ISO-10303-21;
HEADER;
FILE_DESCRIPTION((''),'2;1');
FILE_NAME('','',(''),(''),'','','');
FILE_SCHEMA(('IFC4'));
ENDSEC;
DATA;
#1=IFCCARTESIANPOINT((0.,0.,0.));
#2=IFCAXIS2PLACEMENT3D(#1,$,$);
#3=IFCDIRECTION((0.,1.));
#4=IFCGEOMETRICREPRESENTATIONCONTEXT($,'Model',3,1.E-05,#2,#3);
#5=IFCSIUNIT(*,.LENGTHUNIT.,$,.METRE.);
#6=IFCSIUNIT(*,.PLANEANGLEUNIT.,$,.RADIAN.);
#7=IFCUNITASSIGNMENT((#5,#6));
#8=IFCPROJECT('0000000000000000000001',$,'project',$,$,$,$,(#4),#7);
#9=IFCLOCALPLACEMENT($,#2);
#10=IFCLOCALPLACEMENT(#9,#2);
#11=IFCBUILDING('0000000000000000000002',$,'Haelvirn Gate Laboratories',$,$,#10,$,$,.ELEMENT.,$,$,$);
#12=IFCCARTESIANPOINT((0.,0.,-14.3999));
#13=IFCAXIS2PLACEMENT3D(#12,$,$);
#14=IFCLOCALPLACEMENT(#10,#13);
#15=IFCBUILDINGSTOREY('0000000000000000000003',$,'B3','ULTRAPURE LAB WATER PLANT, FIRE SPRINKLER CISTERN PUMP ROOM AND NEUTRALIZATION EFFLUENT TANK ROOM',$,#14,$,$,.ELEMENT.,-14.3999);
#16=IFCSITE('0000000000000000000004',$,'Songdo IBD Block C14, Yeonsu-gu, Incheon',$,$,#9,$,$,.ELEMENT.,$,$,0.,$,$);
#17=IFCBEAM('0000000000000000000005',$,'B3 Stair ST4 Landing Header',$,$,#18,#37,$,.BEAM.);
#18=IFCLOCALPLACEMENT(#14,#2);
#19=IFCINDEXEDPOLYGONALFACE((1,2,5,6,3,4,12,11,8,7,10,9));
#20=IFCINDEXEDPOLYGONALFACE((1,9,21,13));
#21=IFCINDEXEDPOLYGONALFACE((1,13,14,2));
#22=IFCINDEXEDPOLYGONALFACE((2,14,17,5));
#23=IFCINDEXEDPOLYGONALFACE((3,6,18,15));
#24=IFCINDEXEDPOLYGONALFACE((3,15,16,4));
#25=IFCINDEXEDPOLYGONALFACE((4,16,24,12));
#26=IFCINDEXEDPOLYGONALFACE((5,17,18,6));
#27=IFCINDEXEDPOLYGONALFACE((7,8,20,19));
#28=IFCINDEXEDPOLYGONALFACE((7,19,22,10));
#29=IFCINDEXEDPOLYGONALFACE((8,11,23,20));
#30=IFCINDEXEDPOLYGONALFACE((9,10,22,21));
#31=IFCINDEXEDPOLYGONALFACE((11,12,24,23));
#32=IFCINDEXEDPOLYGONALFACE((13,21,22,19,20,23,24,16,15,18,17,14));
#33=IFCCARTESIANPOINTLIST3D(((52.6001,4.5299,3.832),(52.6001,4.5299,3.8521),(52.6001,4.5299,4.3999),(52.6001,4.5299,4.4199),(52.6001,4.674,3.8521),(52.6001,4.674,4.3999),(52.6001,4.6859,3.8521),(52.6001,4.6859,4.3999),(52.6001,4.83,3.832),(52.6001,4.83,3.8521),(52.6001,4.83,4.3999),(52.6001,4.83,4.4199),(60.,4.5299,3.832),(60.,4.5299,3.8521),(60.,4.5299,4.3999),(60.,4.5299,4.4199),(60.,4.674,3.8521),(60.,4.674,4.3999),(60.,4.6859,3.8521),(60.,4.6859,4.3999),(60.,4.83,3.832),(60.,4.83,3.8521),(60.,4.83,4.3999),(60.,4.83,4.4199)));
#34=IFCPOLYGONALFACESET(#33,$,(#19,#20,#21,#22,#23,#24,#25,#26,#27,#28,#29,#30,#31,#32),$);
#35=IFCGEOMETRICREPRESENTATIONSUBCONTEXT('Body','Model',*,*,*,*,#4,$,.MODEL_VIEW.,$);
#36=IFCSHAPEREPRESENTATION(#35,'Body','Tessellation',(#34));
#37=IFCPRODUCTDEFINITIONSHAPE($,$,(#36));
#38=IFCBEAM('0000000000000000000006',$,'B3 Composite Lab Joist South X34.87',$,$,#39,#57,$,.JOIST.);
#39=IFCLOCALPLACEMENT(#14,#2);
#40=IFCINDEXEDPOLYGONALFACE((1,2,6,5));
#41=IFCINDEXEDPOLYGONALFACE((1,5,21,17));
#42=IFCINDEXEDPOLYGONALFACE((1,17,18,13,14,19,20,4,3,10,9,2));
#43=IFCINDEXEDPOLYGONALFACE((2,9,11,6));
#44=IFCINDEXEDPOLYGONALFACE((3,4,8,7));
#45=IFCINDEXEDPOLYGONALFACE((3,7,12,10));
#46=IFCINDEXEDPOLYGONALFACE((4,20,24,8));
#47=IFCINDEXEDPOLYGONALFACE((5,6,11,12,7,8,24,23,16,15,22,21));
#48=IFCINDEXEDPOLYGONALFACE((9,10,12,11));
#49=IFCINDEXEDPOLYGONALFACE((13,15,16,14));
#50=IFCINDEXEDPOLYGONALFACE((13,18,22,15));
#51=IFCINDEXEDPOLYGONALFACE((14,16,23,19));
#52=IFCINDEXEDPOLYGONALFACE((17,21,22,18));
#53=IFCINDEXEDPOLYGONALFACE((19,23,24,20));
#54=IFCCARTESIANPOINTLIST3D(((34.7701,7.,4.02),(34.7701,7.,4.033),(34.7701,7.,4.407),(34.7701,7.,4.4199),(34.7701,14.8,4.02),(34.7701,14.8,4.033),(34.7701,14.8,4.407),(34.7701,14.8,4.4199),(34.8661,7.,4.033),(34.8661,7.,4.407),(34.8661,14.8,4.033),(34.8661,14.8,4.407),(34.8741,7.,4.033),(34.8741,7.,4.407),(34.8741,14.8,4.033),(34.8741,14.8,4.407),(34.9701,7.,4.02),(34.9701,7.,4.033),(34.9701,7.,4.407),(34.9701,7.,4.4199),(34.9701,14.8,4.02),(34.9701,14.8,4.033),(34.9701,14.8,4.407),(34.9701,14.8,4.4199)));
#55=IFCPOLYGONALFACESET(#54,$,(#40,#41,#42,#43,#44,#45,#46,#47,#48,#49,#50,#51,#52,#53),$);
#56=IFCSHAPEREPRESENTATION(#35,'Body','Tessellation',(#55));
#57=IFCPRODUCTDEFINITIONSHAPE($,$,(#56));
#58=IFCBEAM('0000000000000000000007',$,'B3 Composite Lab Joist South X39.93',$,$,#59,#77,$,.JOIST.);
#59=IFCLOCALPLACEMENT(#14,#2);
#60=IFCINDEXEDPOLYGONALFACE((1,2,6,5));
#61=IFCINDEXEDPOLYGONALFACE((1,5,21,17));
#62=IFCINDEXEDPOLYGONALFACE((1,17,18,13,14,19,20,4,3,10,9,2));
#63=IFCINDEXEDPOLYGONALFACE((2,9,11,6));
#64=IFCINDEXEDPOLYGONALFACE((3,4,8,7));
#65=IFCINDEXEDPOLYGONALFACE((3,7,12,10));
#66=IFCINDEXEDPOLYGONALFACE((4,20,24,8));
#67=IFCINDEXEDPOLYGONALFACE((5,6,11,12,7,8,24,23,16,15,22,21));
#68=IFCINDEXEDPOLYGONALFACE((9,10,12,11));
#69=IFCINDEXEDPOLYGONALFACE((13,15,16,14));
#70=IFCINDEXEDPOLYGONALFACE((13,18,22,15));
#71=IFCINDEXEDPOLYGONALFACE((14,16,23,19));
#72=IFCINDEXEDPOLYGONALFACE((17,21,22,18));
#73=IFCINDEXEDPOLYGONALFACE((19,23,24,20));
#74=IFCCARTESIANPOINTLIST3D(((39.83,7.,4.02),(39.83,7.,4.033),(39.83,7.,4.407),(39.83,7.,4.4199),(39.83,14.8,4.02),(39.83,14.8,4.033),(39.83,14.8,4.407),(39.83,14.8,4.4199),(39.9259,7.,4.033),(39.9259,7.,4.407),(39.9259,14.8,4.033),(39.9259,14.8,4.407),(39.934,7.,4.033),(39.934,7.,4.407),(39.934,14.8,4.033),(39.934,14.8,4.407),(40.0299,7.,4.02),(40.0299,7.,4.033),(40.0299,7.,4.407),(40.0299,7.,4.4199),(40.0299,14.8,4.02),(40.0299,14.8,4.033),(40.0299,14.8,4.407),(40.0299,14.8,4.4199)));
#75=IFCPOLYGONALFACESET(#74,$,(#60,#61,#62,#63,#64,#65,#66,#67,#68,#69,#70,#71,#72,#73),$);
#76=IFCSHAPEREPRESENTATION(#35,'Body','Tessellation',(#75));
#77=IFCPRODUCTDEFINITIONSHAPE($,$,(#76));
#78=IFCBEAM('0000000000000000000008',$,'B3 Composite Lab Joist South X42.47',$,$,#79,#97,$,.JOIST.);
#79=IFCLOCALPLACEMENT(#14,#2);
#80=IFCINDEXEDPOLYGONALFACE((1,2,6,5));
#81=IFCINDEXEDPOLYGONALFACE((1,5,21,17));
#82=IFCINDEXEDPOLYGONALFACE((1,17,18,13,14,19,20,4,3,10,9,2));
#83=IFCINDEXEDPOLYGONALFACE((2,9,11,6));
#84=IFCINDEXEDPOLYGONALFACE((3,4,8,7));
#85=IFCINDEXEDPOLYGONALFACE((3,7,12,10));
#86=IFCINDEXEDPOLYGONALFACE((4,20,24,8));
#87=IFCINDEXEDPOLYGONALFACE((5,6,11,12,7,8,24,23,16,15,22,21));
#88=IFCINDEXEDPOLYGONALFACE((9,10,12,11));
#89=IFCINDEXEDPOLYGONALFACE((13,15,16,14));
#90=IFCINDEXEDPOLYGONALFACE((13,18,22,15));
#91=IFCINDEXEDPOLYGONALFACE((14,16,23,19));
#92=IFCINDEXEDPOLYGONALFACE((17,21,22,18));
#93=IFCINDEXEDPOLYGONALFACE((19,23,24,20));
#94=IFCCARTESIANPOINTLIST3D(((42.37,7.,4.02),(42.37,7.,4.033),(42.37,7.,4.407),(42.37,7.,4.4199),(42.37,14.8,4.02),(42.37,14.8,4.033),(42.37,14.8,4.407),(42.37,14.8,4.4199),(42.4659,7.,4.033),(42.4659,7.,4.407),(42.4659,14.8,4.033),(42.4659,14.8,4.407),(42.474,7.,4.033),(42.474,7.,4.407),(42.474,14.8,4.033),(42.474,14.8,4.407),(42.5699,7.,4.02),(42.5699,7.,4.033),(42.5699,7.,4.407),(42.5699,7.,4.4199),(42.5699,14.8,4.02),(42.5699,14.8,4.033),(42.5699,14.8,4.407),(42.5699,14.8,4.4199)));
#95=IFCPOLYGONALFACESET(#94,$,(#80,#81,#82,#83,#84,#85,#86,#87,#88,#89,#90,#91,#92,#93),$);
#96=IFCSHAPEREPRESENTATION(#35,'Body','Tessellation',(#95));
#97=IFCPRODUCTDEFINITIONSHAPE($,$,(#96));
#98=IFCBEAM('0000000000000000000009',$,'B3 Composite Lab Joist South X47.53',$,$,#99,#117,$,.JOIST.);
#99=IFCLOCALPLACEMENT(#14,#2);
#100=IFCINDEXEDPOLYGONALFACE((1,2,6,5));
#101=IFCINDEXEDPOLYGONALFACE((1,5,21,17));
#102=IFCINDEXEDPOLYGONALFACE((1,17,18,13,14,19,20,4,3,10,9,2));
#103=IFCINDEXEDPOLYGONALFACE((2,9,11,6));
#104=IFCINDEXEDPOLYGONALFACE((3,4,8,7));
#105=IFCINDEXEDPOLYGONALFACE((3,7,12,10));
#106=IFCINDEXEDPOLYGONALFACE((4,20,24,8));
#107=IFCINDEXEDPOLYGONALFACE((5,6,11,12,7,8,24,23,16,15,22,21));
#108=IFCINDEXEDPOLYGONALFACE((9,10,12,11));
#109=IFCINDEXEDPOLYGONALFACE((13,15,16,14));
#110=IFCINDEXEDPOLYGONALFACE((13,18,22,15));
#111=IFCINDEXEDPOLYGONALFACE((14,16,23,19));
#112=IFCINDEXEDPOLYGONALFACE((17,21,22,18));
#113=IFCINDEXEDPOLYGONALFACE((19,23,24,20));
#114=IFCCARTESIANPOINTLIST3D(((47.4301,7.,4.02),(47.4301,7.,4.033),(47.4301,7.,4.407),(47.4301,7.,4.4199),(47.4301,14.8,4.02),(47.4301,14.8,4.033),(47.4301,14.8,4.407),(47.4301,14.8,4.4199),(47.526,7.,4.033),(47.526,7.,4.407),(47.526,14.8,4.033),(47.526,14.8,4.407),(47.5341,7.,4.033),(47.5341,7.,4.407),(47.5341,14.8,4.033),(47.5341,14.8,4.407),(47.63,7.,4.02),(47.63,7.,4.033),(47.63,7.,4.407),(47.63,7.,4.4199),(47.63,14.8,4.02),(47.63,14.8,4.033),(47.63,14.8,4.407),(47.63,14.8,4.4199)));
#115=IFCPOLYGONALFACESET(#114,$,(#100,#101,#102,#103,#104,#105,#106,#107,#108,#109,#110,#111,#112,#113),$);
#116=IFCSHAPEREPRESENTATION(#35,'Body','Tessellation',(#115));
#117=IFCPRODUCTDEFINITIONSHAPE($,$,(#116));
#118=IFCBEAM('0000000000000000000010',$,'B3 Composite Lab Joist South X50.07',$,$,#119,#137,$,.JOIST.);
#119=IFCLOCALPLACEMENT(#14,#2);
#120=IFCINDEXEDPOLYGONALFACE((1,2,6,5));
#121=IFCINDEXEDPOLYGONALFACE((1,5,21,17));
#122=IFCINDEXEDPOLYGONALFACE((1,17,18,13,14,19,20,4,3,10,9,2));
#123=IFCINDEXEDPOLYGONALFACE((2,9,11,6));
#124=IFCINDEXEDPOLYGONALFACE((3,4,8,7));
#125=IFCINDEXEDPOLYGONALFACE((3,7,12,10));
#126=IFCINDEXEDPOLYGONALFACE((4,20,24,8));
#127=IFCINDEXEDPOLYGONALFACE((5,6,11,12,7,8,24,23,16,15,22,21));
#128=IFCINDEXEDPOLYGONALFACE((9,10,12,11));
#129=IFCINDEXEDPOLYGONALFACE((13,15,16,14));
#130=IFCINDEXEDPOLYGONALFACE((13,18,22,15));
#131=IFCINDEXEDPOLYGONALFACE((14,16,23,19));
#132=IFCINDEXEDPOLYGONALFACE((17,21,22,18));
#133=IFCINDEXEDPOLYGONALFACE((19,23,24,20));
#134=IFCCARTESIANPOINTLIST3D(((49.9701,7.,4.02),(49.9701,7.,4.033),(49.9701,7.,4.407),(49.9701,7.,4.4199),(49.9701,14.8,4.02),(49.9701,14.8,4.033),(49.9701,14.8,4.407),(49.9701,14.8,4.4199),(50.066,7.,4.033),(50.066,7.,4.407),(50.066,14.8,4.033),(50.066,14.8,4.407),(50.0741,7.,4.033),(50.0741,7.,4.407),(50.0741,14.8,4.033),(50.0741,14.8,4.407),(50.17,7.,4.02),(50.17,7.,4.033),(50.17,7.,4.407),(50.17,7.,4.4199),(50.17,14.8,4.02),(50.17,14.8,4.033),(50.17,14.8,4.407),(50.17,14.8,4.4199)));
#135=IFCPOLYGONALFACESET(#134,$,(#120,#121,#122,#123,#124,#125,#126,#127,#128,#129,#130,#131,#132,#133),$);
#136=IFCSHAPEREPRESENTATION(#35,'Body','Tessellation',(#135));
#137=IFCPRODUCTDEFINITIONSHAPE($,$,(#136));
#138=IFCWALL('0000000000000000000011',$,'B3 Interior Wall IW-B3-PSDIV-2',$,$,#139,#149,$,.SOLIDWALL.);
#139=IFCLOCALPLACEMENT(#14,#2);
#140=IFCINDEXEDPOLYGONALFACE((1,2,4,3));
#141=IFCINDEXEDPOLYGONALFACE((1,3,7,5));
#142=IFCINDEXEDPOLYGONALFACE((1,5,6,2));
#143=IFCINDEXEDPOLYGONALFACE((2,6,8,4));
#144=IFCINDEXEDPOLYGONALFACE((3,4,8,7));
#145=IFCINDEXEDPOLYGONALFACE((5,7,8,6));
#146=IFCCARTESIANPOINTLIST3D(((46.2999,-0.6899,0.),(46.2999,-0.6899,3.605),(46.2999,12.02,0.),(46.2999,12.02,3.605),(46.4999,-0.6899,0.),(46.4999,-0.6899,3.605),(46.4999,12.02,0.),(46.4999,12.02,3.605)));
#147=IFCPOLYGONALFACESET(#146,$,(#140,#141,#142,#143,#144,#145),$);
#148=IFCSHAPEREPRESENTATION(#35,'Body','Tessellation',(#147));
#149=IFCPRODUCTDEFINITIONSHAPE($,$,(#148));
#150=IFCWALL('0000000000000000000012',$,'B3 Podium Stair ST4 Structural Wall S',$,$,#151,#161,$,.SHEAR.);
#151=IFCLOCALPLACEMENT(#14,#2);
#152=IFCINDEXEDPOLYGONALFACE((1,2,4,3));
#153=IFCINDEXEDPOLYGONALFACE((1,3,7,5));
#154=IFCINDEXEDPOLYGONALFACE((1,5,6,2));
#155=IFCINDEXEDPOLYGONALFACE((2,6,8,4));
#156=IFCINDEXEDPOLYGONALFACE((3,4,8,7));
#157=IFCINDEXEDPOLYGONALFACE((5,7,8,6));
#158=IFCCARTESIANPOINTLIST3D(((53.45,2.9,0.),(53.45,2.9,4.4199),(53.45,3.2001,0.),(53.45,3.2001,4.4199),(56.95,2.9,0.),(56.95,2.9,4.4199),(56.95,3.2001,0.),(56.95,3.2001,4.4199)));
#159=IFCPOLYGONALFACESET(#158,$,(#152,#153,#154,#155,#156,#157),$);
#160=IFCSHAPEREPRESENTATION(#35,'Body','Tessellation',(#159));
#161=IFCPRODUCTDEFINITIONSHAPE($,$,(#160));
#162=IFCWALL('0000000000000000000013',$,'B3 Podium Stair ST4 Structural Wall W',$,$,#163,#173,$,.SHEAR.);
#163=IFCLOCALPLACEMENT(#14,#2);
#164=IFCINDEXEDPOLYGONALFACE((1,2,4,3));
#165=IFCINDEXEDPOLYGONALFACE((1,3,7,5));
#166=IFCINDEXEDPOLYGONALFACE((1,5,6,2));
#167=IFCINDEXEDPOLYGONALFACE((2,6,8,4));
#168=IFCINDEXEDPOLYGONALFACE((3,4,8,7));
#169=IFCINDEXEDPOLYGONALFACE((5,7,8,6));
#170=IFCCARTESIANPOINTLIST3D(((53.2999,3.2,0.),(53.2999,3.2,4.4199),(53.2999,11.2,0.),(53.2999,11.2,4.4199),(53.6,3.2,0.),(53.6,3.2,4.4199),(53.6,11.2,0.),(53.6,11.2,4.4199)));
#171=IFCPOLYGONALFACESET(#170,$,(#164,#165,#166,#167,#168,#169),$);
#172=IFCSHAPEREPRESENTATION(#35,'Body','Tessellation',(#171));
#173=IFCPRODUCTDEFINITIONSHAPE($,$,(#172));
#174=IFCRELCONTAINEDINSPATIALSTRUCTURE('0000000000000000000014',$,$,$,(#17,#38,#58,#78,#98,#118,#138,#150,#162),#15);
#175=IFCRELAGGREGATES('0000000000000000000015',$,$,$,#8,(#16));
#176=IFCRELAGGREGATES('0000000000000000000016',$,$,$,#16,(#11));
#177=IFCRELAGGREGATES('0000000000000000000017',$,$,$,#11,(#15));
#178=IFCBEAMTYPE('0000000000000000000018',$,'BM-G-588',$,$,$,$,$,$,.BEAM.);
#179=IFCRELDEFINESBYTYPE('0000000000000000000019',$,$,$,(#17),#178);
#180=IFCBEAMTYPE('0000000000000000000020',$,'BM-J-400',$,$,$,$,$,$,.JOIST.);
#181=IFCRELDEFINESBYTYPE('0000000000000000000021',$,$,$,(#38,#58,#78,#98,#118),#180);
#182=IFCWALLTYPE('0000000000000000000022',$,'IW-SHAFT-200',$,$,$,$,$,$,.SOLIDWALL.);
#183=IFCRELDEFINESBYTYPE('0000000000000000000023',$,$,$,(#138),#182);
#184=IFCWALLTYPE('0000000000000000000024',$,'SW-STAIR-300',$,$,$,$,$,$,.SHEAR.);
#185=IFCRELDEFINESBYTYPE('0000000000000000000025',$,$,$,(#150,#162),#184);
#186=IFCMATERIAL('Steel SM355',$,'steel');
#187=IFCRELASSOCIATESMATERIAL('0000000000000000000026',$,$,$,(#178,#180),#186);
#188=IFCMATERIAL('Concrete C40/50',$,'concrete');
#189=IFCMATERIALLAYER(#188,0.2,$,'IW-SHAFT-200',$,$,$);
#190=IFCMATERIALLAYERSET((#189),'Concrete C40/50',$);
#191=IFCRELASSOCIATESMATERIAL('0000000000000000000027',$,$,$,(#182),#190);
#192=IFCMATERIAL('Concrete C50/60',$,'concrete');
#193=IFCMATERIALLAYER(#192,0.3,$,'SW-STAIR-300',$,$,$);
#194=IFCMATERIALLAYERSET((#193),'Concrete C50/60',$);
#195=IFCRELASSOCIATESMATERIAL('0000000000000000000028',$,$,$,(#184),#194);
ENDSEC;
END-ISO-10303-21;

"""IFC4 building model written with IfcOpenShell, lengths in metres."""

from ifc_helpers import new_model, si_unit, direction, frame, frame_2d, origin, origin_2d, place, context, subcontext, project, spatial, rectangle, i_section, extrude, source, transform, mapped, material, layer, layer_set, material_profile, profile_set, type_object, type_shapes, element, save


model = new_model("IFC4")

# Units and contexts
model_context = context("Model", 3, precision=1e-05, world=origin(), true_north=direction((0.0, 1.0)))
body_context = subcontext(model_context, "Body", "Model", "MODEL_VIEW")
ifc_project = project(units=[si_unit("LENGTHUNIT", "METRE"), si_unit("PLANEANGLEUNIT", "RADIAN")], contexts=[model_context])

# Site, building, storey
site_placement = place(None, origin())
site = spatial("IfcSite", under=ifc_project, at=site_placement, Name="Songdo IBD Block C14, Yeonsu-gu, Incheon", CompositionType="ELEMENT", RefElevation=0.0)
building_placement = place(site_placement, origin())
building = spatial("IfcBuilding", under=site, at=building_placement, Name="Haelvirn Gate Laboratories", CompositionType="ELEMENT")
storey_placement = place(building_placement, frame((0.0, 0.0, -14.3999)))
storey = spatial("IfcBuildingStorey", under=building, at=storey_placement, Name="B3", Description="ULTRAPURE LAB WATER PLANT, FIRE SPRINKLER CISTERN PUMP ROOM AND NEUTRALIZATION EFFLUENT TANK ROOM", CompositionType="ELEMENT", Elevation=-14.3999)

# Shared definitions
ifc_material_1 = material(Name="Concrete C50/60", Category="concrete")

# Beams
ifc_material_2 = material(Name="Steel SM355", Category="steel")
ifc_material_profile_1 = material_profile(ifc_material_2, i_section(OverallWidth=0.3, OverallDepth=0.5879, WebThickness=0.012, FlangeThickness=0.02, at=origin_2d()), Name="H-588x300x12x20")
ifc_profile_set_1 = profile_set([ifc_material_profile_1], Name="Steel SM355")
beam_type_1 = type_object("IfcBeamType", Name="BM-G-588", PredefinedType="BEAM", material=ifc_profile_set_1)
shared_shape_1 = source(origin(), body_context, "Body", "SweptSolid", [
    extrude(i_section(OverallWidth=0.3, OverallDepth=0.5879, WebThickness=0.012, FlangeThickness=0.02, at=origin_2d()), origin(), (0.0, 0.0, 1.0), 7.3999),
])
type_shapes(beam_type_1, [shared_shape_1])
beam_1_placement = place(storey_placement, frame((52.6001, 4.6799, 4.126), z_axis=(1.0, 0.0, 0.0), x_axis=(0.0, 1.0, 0.0)))
element("IfcBeam", 1, at=beam_1_placement, inside=storey, type_object=beam_type_1, Name="B3 Stair ST4 Landing Header", PredefinedType="BEAM", context=body_context, shape_type="MappedRepresentation", body=[
    mapped(shared_shape_1, transform((0.0, 0.0, 0.0), scale=1.0)),
])
ifc_material_profile_2 = material_profile(ifc_material_2, i_section(OverallWidth=0.2, OverallDepth=0.3999, WebThickness=0.0081, FlangeThickness=0.0129, at=origin_2d()), Name="H-400x200x8x13")
ifc_profile_set_2 = profile_set([ifc_material_profile_2], Name="Steel SM355")
beam_type_2 = type_object("IfcBeamType", Name="BM-J-400", PredefinedType="JOIST", material=ifc_profile_set_2)
shared_shape_2 = source(origin(), body_context, "Body", "SweptSolid", [
    extrude(i_section(OverallWidth=0.2, OverallDepth=0.3999, WebThickness=0.0081, FlangeThickness=0.0129, at=origin_2d()), origin(), (0.0, 0.0, 1.0), 7.8),
])
type_shapes(beam_type_2, [shared_shape_2])
for number, where, z_axis, x_axis, name in (
    (2, (34.8701, 7.0, 4.22), (0.0, 1.0, 0.0), (-1.0, 0.0, 0.0), "B3 Composite Lab Joist South X34.87"),
    (3, (39.9299, 7.0, 4.22), (0.0, 1.0, 0.0), (-1.0, 0.0, 0.0), "B3 Composite Lab Joist South X39.93"),
    (4, (42.47, 7.0, 4.22), (0.0, 1.0, 0.0), (-1.0, 0.0, 0.0), "B3 Composite Lab Joist South X42.47"),
    (5, (47.53, 7.0, 4.22), (0.0, 1.0, 0.0), (-1.0, 0.0, 0.0), "B3 Composite Lab Joist South X47.53"),
    (6, (50.0701, 7.0, 4.22), (0.0, 1.0, 0.0), (-1.0, 0.0, 0.0), "B3 Composite Lab Joist South X50.07"),
):
    element("IfcBeam", number, at=place(storey_placement, frame(where, z_axis=z_axis, x_axis=x_axis)), inside=storey, type_object=beam_type_2, Name=name, PredefinedType="JOIST", context=body_context, shape_type="MappedRepresentation", body=[
        mapped(shared_shape_2, transform((0.0, 0.0, 0.0), scale=1.0)),
    ])

# Walls
ifc_material_3 = material(Name="Concrete C40/50", Category="concrete")
ifc_layer_1 = layer(ifc_material_3, 0.2, Name="IW-SHAFT-200")
ifc_layer_set_1 = layer_set([ifc_layer_1], Name="Concrete C40/50")
wall_type_1 = type_object("IfcWallType", Name="IW-SHAFT-200", PredefinedType="SOLIDWALL", material=ifc_layer_set_1)
wall_1_placement = place(storey_placement, frame((46.3999, -0.6899, 0.0), z_axis=(0.0, 0.0, 1.0), x_axis=(0.0, 1.0, 0.0)))
element("IfcWall", 7, at=wall_1_placement, inside=storey, type_object=wall_type_1, Name="B3 Interior Wall IW-B3-PSDIV-2", PredefinedType="SOLIDWALL", context=body_context, shape_type="SweptSolid", body=[
    extrude(rectangle(XDim=12.71, YDim=0.2, at=frame_2d((6.355, 0.0))), origin(), (0.0, 0.0, 1.0), 3.605),
])
ifc_layer_2 = layer(ifc_material_1, 0.3, Name="SW-STAIR-300")
ifc_layer_set_2 = layer_set([ifc_layer_2], Name="Concrete C50/60")
wall_type_2 = type_object("IfcWallType", Name="SW-STAIR-300", PredefinedType="SHEAR", material=ifc_layer_set_2)
wall_2_placement = place(storey_placement, frame((53.45, 3.05, 0.0), z_axis=(0.0, 0.0, 1.0), x_axis=(1.0, 0.0, 0.0)))
element("IfcWall", 8, at=wall_2_placement, inside=storey, type_object=wall_type_2, Name="B3 Podium Stair ST4 Structural Wall S", PredefinedType="SHEAR", context=body_context, shape_type="SweptSolid", body=[
    extrude(rectangle(XDim=3.5, YDim=0.3, at=frame_2d((1.75, 0.0))), origin(), (0.0, 0.0, 1.0), 4.4199),
])
wall_3_placement = place(storey_placement, frame((53.45, 3.2, 0.0), z_axis=(0.0, 0.0, 1.0), x_axis=(0.0, 1.0, 0.0)))
element("IfcWall", 9, at=wall_3_placement, inside=storey, type_object=wall_type_2, Name="B3 Podium Stair ST4 Structural Wall W", PredefinedType="SHEAR", context=body_context, shape_type="SweptSolid", body=[
    extrude(rectangle(XDim=8.0, YDim=0.3, at=frame_2d((4.0, 0.0))), origin(), (0.0, 0.0, 1.0), 4.4199),
])

save(model, "model.ifc")
